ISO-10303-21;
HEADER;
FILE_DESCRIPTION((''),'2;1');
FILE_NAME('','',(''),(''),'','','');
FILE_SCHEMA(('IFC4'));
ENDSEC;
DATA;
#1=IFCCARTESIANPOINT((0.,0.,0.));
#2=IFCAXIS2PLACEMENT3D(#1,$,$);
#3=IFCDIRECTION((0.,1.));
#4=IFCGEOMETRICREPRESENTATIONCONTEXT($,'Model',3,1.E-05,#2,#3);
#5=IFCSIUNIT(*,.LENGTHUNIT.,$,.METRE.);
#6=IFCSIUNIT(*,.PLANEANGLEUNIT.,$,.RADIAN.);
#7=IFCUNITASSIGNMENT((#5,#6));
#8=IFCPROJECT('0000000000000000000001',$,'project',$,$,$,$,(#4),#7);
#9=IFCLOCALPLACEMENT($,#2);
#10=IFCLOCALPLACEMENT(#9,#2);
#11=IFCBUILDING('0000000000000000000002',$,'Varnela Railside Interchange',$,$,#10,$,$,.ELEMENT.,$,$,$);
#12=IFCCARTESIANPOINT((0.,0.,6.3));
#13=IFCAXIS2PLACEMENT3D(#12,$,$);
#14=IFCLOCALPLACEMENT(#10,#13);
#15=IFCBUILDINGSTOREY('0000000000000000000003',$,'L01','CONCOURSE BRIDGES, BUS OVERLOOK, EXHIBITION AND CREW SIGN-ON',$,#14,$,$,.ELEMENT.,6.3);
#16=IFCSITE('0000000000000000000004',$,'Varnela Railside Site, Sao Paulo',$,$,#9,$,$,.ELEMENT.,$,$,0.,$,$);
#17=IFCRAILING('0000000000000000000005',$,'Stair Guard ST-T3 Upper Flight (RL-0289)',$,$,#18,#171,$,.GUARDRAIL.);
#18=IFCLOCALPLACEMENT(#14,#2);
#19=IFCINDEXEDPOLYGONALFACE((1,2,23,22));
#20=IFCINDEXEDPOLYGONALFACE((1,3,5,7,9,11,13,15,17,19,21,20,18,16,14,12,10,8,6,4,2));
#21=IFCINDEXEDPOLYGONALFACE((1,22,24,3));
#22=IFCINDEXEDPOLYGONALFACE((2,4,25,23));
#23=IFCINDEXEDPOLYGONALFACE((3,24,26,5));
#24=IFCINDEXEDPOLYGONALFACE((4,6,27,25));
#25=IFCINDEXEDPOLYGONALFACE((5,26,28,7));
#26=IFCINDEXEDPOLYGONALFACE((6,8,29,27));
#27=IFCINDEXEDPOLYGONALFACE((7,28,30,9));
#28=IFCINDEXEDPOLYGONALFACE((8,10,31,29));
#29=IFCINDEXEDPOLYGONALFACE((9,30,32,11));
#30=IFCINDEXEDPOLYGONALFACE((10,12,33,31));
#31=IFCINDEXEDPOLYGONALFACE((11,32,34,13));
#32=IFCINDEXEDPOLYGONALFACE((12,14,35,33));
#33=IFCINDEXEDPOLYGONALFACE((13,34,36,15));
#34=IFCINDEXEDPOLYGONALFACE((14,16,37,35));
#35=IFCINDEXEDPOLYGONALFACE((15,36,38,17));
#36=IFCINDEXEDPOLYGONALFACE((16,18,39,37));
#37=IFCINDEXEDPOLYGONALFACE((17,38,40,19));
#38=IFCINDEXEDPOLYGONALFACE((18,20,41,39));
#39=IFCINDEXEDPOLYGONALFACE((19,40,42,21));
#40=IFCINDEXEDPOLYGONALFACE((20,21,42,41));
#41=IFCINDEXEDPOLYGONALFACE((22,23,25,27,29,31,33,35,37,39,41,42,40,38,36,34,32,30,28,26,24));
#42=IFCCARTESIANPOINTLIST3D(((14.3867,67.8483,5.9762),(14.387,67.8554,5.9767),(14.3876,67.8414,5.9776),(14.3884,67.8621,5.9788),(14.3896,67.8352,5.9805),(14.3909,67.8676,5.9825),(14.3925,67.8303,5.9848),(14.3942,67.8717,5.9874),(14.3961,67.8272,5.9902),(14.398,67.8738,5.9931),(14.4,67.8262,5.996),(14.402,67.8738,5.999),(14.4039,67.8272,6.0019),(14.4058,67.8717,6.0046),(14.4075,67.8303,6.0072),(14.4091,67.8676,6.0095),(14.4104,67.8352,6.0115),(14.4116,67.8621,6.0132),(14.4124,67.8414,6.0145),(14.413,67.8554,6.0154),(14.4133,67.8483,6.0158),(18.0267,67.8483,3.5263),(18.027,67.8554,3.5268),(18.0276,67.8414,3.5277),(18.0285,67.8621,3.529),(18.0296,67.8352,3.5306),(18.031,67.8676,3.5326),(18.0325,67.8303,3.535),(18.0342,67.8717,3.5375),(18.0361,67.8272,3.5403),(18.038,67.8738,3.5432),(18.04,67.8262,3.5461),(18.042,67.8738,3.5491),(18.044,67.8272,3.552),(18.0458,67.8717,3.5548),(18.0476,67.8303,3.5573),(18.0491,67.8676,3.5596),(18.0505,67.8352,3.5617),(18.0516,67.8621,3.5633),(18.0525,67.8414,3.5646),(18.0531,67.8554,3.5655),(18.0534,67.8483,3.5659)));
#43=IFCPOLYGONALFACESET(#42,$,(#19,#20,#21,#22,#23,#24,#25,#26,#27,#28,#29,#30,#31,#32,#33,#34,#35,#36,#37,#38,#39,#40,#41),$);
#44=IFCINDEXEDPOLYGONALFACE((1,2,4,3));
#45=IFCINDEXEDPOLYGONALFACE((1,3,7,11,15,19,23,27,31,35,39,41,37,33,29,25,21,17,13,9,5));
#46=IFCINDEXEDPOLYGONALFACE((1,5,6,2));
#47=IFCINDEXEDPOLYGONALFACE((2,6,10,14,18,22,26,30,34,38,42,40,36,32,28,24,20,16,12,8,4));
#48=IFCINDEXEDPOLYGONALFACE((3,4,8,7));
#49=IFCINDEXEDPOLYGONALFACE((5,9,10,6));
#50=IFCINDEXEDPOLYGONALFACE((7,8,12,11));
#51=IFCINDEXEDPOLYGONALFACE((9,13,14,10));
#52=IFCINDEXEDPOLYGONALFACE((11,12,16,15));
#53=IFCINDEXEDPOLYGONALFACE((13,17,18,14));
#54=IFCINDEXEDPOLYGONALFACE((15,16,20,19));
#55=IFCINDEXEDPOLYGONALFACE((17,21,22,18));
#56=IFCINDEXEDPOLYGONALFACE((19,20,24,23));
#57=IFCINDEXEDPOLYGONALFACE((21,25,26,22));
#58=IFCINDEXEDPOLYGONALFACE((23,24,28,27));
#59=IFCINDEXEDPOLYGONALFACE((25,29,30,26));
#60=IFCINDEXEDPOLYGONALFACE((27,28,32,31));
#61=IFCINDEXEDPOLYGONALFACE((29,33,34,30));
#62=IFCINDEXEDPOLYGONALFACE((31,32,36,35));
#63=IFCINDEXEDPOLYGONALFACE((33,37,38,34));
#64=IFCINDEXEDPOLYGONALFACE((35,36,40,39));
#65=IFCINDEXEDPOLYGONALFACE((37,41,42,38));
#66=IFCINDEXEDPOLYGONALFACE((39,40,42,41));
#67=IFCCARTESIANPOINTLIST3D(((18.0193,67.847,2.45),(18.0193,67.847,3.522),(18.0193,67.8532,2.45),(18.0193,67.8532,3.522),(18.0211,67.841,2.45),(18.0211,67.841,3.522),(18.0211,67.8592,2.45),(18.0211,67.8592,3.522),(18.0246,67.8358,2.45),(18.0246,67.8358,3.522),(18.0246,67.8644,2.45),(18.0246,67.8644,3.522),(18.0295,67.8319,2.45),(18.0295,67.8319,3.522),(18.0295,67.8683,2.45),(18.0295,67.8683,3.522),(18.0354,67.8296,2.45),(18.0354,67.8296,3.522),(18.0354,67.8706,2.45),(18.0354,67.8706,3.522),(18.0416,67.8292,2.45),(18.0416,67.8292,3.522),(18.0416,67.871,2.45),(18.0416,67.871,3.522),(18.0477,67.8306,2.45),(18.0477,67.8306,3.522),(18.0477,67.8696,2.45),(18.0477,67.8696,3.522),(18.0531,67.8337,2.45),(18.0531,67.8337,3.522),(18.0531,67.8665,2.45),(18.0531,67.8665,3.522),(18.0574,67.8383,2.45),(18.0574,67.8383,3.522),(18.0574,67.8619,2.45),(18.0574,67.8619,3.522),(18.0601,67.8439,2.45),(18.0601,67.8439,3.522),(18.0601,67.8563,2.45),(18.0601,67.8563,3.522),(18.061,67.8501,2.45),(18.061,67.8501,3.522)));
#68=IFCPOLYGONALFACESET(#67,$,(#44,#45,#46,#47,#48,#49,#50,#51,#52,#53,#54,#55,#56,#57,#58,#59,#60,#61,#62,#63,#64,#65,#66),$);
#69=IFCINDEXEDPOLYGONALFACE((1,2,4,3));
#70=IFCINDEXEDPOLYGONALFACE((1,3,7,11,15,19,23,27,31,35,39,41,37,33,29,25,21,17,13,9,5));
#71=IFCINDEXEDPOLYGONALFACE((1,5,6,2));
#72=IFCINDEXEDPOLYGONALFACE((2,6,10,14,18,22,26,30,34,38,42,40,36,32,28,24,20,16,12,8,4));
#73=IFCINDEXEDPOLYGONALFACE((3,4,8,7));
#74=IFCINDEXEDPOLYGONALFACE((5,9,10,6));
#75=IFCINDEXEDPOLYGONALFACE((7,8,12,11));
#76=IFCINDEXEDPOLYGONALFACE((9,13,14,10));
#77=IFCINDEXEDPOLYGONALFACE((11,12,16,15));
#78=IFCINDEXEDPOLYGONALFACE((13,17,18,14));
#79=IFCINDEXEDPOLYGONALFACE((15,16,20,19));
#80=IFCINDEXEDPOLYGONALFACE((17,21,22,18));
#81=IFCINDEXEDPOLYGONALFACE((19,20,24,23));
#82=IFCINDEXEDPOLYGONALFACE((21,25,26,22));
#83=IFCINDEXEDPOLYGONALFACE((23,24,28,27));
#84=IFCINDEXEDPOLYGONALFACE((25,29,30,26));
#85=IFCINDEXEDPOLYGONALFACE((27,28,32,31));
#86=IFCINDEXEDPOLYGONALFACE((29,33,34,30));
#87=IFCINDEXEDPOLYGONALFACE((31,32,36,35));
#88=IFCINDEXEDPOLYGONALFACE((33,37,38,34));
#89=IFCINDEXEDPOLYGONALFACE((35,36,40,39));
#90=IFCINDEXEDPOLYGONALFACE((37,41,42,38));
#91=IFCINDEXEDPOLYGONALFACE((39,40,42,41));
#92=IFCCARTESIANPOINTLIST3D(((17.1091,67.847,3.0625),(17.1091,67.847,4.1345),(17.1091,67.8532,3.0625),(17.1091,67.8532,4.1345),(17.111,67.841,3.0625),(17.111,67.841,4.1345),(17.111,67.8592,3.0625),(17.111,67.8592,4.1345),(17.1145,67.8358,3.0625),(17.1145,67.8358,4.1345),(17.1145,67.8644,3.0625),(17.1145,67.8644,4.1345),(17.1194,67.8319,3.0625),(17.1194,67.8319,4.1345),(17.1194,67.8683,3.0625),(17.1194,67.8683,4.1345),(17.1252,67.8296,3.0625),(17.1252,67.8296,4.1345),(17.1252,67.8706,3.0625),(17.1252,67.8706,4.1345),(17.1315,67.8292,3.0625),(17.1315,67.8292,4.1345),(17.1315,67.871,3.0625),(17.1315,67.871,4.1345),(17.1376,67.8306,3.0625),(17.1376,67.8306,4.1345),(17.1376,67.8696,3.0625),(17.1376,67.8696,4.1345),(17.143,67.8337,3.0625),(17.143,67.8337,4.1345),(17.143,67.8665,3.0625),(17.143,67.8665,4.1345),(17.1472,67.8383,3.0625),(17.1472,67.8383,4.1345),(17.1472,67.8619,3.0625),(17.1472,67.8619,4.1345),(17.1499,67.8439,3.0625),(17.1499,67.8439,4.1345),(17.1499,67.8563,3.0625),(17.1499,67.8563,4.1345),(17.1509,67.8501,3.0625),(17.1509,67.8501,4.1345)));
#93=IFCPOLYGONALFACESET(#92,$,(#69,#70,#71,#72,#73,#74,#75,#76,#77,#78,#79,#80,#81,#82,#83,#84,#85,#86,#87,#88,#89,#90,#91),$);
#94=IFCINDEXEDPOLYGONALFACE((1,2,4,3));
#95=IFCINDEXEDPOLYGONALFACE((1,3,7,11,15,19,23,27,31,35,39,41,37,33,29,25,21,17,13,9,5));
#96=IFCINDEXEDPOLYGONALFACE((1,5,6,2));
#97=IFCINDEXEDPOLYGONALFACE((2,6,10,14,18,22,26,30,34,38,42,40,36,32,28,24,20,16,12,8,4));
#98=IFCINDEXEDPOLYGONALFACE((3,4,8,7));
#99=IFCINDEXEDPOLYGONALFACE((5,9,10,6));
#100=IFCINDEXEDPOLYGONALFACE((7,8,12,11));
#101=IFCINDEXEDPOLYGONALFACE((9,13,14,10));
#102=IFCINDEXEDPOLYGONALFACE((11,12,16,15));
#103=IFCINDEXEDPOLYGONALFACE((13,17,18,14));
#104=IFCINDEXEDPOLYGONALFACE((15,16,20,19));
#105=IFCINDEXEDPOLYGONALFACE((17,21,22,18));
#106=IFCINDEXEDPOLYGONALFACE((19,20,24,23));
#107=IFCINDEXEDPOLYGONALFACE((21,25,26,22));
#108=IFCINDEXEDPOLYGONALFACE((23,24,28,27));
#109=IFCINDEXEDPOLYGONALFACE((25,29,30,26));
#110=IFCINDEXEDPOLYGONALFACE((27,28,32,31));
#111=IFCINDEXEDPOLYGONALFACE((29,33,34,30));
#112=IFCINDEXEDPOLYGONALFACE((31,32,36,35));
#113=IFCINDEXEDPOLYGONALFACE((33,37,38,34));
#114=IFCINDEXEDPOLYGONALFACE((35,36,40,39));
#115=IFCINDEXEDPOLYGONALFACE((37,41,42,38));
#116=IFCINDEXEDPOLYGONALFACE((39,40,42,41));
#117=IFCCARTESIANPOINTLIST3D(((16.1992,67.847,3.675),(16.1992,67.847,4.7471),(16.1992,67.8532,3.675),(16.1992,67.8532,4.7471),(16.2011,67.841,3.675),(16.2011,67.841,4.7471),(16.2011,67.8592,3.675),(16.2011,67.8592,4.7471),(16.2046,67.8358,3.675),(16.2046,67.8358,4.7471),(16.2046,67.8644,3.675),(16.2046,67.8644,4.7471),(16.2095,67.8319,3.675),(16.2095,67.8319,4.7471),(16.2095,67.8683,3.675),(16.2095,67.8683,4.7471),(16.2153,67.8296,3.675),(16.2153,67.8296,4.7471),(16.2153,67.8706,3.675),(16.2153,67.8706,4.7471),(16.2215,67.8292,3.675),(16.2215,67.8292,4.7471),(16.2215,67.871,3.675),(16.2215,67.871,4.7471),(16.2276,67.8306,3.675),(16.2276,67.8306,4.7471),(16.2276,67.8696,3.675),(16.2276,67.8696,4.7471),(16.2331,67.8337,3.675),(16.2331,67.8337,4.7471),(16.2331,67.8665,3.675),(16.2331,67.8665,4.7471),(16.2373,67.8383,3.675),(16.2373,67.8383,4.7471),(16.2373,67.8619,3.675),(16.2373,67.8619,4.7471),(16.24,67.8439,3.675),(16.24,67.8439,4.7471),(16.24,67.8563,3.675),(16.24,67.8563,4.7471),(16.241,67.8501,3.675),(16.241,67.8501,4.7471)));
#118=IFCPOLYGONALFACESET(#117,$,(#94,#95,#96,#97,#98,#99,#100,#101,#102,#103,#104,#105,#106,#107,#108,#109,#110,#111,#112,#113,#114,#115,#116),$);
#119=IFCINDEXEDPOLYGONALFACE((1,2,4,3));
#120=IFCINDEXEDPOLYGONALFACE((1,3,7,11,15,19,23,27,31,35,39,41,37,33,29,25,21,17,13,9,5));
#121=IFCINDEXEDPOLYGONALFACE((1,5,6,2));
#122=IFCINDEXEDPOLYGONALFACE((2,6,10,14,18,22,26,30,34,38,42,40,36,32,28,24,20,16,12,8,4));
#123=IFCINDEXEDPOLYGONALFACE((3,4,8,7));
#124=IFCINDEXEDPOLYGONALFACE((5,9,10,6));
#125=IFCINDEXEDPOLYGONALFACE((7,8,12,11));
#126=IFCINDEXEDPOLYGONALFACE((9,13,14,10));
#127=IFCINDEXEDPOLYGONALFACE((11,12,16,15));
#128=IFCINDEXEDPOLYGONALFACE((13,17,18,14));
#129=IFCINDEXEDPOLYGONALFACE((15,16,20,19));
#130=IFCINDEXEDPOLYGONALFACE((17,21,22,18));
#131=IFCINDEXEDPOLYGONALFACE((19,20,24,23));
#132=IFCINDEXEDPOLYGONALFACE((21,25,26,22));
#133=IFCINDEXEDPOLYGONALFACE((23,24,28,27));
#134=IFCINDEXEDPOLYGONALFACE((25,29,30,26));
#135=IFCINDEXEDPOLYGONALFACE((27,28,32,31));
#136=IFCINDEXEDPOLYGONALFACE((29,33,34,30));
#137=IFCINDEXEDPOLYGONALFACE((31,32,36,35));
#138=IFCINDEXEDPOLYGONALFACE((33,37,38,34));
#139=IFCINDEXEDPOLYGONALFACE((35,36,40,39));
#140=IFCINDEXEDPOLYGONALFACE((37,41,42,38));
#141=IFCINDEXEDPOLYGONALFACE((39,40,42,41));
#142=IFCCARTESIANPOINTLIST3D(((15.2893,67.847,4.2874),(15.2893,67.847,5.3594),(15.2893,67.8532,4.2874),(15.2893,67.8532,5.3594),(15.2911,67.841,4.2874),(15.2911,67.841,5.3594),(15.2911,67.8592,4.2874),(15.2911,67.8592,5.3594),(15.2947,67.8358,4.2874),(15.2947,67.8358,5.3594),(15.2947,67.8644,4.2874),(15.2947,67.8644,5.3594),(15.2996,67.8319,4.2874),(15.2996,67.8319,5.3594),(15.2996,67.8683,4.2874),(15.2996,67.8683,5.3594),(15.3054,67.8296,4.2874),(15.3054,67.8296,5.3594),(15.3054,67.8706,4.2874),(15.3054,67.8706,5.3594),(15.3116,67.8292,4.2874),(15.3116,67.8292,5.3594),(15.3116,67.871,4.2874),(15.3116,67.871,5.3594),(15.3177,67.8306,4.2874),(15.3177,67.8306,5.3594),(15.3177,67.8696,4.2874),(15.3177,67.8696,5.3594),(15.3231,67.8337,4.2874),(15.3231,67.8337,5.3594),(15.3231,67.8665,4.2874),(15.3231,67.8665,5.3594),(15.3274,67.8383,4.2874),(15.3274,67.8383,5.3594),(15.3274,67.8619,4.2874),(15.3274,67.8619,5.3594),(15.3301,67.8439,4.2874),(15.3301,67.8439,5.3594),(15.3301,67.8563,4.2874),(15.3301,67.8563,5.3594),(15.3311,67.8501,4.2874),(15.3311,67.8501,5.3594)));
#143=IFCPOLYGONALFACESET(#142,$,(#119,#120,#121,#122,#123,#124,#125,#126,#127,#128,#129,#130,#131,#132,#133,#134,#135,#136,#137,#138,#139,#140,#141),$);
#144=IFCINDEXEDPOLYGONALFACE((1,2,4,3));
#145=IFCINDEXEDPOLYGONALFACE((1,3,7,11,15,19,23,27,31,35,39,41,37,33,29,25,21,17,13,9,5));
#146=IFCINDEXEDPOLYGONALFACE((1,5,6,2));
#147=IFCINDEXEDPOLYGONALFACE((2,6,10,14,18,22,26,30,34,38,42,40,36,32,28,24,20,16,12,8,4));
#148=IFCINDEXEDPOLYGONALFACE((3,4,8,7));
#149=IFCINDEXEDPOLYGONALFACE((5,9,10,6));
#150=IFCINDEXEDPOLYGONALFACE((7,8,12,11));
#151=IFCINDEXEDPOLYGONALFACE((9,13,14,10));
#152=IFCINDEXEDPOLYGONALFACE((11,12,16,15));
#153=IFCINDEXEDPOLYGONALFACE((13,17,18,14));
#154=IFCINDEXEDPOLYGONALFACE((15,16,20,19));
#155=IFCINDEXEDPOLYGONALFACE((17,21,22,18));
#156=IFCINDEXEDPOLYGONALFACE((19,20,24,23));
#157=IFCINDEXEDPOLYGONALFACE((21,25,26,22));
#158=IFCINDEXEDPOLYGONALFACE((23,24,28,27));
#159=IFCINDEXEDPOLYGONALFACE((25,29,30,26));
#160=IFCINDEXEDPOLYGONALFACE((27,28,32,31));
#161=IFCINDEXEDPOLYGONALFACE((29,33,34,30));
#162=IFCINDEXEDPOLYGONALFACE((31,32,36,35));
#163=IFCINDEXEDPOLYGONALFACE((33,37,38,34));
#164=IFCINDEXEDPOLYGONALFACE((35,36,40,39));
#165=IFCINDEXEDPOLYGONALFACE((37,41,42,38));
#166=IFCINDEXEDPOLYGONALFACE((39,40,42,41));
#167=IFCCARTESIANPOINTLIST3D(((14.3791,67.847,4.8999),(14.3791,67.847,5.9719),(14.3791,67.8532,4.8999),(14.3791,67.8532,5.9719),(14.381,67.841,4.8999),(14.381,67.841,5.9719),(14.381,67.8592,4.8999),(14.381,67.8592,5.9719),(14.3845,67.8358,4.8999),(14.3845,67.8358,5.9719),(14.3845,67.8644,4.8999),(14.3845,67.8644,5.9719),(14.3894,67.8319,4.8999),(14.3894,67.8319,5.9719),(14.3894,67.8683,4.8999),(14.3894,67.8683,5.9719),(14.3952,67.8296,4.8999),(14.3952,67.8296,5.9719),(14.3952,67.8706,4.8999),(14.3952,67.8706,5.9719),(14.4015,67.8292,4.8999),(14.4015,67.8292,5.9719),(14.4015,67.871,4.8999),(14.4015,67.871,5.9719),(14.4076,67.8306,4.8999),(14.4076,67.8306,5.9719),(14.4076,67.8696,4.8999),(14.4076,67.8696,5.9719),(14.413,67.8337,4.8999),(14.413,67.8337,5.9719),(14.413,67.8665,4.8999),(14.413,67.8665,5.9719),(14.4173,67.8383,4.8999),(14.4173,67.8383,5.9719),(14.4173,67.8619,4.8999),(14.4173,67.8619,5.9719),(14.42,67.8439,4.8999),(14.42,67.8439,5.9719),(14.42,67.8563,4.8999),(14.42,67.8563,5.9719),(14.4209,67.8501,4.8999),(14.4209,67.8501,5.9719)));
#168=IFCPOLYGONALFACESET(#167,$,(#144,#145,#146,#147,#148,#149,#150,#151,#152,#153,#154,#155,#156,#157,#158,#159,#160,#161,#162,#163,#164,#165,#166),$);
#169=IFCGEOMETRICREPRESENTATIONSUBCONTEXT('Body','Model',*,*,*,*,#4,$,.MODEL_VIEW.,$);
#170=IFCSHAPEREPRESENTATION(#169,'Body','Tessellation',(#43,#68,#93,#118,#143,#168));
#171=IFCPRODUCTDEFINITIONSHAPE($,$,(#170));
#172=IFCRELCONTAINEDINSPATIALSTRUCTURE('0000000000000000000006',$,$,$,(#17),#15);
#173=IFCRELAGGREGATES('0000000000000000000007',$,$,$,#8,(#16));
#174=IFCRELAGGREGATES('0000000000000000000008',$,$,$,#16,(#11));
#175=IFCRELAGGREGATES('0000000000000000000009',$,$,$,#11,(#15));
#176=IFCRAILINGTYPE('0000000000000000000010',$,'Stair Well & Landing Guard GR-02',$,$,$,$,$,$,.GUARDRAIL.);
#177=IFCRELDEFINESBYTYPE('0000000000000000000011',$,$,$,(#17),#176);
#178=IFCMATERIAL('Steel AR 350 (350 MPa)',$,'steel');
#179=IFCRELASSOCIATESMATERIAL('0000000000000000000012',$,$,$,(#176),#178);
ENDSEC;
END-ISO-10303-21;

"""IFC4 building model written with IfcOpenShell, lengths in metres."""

from ifc_helpers import new_model, si_unit, direction, frame, origin, origin_2d, place, context, subcontext, project, spatial, circle, extrude, material, type_object, element, save


model = new_model("IFC4")

# Units and contexts
model_context = context("Model", 3, precision=1e-05, world=origin(), true_north=direction((0.0, 1.0)))
body_context = subcontext(model_context, "Body", "Model", "MODEL_VIEW")
ifc_project = project(units=[si_unit("LENGTHUNIT", "METRE"), si_unit("PLANEANGLEUNIT", "RADIAN")], contexts=[model_context])

# Site, building, storey
site_placement = place(None, origin())
site = spatial("IfcSite", under=ifc_project, at=site_placement, Name="Varnela Railside Site, Sao Paulo", CompositionType="ELEMENT", RefElevation=0.0)
building_placement = place(site_placement, origin())
building = spatial("IfcBuilding", under=site, at=building_placement, Name="Varnela Railside Interchange", CompositionType="ELEMENT")
storey_placement = place(building_placement, frame((0.0, 0.0, 6.3)))
storey = spatial("IfcBuildingStorey", under=building, at=storey_placement, Name="L01", Description="CONCOURSE BRIDGES, BUS OVERLOOK, EXHIBITION AND CREW SIGN-ON", CompositionType="ELEMENT", Elevation=6.3)

# Shared definitions
ifc_material_1 = material(Name="Steel AR 350 (350 MPa)", Category="steel")

# Railing
railing_type_1 = type_object("IfcRailingType", Name="Stair Well & Landing Guard GR-02", PredefinedType="GUARDRAIL", material=ifc_material_1)
railing_1_placement = place(storey_placement, frame((18.04, 67.8501, 2.45)))
element("IfcRailing", 1, at=railing_1_placement, inside=storey, type_object=railing_type_1, Name="Stair Guard ST-T3 Upper Flight (RL-0289)", PredefinedType="GUARDRAIL", context=body_context, shape_type="SweptSolid", body=[
    extrude(circle(Radius=0.0239, at=origin_2d()), frame((0.0, 0.0, 1.0962), z_axis=(-0.829603, 0.0, 0.558354), x_axis=(0.0, -1.0, 0.0)), (0.0, 0.0, 1.0), 4.3877),
    extrude(circle(Radius=0.021, at=origin_2d()), origin(), (0.0, 0.0, 1.0), 1.072),
    extrude(circle(Radius=0.021, at=origin_2d()), frame((-0.9102, 0.0, 0.6125)), (0.0, 0.0, 1.0), 1.072),
    extrude(circle(Radius=0.021, at=origin_2d()), frame((-1.8201, 0.0, 1.2251)), (0.0, 0.0, 1.0), 1.072),
    extrude(circle(Radius=0.021, at=origin_2d()), frame((-2.73, 0.0, 1.8374)), (0.0, 0.0, 1.0), 1.072),
    extrude(circle(Radius=0.021, at=origin_2d()), frame((-3.6401, 0.0, 2.45)), (0.0, 0.0, 1.0), 1.072),
])

save(model, "model.ifc")
